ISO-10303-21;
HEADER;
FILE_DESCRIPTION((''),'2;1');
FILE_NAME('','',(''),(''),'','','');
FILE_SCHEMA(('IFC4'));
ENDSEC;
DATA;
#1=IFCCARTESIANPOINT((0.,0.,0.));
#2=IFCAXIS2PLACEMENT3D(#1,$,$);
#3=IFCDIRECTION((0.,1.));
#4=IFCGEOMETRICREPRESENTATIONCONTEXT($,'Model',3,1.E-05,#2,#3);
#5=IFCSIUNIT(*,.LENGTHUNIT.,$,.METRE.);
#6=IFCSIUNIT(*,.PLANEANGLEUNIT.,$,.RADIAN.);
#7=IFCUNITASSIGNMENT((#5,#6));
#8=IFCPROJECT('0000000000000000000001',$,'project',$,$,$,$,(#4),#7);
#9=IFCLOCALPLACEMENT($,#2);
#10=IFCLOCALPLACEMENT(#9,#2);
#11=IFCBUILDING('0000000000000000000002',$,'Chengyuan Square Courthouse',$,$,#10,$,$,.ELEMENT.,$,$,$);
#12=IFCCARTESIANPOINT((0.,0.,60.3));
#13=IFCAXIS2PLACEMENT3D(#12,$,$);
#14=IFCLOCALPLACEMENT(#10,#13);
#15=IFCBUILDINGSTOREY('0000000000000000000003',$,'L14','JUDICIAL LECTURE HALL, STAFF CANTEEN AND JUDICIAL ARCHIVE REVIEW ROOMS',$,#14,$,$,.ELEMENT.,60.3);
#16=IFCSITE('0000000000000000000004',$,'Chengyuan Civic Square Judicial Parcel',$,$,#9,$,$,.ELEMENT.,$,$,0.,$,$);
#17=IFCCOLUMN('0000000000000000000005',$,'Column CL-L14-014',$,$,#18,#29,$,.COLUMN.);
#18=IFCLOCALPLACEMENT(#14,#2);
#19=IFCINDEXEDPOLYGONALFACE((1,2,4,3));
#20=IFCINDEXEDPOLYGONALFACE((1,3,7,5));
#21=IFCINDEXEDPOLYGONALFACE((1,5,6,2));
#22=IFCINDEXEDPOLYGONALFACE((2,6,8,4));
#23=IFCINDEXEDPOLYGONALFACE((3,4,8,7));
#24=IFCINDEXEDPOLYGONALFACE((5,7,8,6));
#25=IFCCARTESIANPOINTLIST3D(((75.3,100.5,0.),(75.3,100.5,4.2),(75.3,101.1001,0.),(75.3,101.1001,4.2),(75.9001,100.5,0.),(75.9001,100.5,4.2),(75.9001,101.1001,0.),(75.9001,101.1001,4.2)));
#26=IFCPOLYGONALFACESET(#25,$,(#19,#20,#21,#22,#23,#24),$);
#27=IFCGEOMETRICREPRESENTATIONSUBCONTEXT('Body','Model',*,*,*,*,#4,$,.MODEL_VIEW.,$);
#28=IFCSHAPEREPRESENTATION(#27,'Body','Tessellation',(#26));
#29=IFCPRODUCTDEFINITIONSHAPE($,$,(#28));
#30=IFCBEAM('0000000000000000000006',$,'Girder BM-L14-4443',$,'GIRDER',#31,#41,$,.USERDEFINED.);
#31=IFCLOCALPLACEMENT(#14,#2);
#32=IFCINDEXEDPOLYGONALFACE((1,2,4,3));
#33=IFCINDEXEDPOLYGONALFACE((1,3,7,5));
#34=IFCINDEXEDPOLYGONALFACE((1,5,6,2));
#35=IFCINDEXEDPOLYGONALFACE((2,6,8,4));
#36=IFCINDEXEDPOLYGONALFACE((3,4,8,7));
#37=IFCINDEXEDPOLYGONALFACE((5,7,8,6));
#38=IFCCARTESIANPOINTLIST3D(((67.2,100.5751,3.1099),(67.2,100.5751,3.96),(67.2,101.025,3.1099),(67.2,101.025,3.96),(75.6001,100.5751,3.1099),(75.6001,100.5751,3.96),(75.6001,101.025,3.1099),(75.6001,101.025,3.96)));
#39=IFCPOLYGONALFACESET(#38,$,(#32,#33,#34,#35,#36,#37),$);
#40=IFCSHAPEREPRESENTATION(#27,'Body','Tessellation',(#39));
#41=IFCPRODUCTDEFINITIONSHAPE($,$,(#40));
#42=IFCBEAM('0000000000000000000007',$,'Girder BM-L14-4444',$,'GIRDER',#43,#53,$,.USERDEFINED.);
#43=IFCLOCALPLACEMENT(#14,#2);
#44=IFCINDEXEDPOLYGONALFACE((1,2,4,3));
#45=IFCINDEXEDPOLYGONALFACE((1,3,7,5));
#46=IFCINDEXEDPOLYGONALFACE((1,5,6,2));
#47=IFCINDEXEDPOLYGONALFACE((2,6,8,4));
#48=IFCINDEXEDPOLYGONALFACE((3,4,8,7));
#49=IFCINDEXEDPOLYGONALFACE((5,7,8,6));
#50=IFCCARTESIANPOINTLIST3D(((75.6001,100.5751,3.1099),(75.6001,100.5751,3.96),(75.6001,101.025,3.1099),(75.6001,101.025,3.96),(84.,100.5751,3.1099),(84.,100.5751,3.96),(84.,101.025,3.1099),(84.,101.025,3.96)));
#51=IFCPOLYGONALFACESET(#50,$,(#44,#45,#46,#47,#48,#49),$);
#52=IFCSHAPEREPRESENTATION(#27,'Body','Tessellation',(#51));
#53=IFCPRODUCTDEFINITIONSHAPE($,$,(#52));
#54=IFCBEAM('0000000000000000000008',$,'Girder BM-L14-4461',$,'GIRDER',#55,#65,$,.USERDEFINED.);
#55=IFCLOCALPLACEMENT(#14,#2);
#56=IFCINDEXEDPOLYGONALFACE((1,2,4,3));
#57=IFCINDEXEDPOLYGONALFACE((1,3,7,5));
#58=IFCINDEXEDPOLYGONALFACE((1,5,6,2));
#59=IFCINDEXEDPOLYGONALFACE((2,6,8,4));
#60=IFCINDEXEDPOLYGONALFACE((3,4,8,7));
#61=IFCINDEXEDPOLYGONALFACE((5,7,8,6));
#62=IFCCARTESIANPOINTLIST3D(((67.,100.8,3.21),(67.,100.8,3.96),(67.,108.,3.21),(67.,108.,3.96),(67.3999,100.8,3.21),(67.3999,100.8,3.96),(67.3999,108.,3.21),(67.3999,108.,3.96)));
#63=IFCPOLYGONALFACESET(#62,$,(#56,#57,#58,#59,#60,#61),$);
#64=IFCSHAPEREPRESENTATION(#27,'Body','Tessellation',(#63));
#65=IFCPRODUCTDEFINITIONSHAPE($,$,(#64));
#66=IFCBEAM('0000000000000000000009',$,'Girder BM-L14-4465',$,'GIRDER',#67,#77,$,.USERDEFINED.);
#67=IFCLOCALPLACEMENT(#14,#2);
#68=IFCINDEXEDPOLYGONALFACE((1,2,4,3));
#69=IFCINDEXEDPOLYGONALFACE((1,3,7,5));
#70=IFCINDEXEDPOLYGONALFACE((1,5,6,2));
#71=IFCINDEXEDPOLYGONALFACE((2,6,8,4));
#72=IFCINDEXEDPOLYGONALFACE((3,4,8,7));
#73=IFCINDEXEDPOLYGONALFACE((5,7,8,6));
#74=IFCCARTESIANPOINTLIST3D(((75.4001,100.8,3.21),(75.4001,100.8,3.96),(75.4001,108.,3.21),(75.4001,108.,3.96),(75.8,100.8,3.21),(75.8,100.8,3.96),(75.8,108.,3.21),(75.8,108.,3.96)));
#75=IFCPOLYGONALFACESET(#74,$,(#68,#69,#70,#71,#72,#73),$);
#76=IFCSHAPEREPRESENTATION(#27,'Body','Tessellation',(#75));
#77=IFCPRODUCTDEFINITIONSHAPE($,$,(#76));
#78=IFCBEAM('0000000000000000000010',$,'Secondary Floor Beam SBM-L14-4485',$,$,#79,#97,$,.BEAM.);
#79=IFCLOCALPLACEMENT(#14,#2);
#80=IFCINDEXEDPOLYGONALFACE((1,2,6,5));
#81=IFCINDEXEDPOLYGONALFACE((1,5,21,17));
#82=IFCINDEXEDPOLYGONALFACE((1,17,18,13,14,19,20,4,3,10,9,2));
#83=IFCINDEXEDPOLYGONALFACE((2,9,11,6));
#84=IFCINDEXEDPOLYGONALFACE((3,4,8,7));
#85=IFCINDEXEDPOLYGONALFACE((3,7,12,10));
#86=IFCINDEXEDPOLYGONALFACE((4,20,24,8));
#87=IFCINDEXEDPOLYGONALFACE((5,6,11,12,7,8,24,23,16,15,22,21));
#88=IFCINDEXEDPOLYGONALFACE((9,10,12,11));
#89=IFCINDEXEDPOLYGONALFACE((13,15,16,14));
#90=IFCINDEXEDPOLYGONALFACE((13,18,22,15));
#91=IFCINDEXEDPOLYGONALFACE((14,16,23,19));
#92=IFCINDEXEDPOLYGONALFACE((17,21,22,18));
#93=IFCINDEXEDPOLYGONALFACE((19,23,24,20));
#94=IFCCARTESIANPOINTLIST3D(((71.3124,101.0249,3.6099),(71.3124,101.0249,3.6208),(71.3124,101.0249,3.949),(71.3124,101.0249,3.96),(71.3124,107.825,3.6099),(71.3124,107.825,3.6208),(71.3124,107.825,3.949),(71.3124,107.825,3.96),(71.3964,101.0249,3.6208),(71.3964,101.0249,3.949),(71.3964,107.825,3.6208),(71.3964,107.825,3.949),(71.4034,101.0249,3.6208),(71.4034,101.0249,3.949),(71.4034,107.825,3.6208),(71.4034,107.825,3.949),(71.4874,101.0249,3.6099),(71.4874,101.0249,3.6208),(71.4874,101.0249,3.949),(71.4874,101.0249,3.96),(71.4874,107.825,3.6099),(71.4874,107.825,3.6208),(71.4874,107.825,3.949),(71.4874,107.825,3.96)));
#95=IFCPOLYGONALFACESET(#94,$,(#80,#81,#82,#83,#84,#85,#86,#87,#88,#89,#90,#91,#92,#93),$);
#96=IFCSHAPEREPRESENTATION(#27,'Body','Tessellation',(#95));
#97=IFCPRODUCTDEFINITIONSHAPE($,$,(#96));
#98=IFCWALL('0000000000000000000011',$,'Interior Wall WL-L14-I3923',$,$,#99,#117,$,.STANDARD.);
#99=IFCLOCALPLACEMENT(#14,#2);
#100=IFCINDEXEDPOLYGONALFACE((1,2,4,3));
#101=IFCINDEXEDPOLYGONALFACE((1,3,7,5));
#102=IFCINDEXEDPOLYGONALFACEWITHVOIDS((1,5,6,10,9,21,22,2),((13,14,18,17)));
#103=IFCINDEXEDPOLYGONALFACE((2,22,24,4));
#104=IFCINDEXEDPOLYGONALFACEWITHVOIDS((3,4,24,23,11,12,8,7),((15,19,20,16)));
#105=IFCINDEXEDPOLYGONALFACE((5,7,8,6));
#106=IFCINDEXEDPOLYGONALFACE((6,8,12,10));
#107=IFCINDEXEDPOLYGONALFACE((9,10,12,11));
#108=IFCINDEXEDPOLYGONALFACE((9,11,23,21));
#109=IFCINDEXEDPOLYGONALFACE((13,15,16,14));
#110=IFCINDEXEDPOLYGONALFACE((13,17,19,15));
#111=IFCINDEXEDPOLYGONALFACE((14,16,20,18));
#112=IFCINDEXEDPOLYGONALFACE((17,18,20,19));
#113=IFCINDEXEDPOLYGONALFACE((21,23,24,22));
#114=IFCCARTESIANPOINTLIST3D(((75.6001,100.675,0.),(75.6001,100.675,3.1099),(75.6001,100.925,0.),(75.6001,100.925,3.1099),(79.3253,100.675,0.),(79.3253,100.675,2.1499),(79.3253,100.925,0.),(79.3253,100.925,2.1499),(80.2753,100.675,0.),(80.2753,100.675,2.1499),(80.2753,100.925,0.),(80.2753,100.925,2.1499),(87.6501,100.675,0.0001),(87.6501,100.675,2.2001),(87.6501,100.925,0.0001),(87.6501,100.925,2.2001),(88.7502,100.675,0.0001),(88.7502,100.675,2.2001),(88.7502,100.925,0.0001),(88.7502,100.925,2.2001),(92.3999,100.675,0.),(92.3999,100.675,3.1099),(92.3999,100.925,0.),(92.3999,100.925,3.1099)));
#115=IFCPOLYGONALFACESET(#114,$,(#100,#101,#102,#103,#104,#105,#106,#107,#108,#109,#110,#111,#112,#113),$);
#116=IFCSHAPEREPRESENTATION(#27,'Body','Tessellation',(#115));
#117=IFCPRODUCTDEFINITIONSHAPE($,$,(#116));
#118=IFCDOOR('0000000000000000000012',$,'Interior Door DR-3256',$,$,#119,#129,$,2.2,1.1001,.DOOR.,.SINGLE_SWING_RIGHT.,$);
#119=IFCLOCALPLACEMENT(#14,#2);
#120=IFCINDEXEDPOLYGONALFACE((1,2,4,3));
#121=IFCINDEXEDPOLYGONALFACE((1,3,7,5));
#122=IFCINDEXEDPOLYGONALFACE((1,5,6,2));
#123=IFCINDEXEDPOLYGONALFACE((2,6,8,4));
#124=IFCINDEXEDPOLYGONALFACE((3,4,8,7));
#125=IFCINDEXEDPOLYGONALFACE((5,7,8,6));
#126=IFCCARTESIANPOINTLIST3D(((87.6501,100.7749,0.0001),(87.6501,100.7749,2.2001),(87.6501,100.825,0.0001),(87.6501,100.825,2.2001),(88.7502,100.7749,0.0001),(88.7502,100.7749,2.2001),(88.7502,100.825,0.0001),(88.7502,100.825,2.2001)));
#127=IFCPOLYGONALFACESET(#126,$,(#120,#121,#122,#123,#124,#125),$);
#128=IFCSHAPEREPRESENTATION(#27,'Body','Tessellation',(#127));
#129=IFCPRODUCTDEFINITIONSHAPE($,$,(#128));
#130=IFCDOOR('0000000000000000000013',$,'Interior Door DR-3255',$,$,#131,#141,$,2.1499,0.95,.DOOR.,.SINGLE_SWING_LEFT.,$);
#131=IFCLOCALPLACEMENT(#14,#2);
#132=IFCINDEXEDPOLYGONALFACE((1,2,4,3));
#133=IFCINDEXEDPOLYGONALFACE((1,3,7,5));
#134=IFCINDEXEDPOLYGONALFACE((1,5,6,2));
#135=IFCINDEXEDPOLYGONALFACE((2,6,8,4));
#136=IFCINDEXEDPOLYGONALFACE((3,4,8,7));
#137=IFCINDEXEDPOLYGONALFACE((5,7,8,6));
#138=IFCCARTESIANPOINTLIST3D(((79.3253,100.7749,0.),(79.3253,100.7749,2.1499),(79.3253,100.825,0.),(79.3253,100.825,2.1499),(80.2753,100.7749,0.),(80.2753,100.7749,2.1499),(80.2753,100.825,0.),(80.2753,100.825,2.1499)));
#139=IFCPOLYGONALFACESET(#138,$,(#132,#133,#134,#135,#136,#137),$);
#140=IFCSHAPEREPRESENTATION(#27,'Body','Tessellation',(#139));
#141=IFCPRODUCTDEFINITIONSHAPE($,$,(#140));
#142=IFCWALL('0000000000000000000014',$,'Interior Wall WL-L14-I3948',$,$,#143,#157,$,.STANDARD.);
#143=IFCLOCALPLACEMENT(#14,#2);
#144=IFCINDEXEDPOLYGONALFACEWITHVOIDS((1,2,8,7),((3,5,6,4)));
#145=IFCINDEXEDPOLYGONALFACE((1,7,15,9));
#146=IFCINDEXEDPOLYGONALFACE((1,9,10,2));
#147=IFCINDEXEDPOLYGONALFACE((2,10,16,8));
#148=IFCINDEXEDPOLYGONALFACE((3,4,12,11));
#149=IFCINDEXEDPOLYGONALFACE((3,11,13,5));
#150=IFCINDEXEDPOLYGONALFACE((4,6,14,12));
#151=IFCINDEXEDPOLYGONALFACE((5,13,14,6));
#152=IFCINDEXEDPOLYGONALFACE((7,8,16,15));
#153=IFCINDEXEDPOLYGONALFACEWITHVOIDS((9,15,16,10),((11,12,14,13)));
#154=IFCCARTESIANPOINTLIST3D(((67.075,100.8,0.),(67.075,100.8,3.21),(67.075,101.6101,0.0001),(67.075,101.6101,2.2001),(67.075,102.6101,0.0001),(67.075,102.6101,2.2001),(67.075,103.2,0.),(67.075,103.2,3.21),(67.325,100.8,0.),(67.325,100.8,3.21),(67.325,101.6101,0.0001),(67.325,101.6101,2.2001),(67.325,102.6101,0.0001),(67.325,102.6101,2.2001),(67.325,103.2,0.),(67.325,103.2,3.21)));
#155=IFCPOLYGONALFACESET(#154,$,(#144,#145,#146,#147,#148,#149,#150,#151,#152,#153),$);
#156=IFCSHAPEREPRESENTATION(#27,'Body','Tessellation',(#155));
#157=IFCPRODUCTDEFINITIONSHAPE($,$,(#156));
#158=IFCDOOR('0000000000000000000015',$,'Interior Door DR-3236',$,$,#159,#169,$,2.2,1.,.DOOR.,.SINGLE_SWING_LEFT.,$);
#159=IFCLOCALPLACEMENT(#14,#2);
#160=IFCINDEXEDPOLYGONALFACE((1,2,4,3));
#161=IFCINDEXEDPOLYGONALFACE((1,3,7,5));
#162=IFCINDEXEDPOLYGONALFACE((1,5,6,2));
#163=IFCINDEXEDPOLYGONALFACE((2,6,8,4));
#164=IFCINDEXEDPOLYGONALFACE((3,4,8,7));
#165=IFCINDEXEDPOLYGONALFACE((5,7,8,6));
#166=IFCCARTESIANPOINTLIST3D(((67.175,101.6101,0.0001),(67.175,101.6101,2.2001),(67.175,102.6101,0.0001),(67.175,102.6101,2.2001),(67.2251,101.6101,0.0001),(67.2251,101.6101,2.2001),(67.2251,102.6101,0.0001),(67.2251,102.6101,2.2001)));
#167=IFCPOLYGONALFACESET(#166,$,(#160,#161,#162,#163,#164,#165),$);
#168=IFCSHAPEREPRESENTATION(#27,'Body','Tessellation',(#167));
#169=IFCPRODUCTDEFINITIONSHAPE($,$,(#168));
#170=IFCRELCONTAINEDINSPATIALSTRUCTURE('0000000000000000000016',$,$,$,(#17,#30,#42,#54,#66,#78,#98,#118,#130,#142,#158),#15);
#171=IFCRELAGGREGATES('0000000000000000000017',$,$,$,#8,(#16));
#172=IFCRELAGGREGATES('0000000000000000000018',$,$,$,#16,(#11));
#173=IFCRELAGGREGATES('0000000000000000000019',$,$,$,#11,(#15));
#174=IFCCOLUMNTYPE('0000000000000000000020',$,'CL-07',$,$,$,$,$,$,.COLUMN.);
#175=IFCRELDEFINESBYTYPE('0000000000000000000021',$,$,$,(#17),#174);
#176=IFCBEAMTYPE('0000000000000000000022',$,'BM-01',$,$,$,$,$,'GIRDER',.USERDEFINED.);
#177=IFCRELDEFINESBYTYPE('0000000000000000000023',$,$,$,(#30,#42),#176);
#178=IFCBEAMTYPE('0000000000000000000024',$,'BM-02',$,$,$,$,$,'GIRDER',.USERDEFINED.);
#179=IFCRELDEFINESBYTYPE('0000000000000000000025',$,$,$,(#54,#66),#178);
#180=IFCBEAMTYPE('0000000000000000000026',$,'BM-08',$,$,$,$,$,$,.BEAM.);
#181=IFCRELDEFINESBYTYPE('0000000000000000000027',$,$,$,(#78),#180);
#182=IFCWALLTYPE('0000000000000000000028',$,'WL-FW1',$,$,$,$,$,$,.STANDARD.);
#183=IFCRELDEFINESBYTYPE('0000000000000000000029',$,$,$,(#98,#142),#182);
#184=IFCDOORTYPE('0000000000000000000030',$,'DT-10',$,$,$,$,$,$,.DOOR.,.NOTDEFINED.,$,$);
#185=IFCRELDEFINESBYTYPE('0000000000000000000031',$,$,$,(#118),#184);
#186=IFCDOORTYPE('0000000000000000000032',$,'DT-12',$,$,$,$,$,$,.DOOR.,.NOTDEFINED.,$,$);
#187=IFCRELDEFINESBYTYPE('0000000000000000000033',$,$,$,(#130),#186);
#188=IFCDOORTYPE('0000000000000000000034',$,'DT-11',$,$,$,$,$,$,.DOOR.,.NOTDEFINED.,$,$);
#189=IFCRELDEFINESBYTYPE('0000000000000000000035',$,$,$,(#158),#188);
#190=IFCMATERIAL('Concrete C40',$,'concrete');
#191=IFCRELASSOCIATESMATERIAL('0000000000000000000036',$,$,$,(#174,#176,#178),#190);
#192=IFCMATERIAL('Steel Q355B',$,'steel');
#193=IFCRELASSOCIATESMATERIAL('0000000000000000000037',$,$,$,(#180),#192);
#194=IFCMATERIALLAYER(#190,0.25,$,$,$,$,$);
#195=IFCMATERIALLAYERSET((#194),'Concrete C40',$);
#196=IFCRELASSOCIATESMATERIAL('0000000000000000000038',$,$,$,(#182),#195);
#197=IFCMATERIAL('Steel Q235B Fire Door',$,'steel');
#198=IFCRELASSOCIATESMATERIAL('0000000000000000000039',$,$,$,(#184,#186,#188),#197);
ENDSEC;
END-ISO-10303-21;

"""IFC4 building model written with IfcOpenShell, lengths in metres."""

from ifc_helpers import new_model, si_unit, direction, frame, frame_2d, origin, origin_2d, place, context, subcontext, project, spatial, rectangle, i_section, extrude, material, layer, layer_set, material_profile, profile_set, type_object, element, fill, save


model = new_model("IFC4")

# Units and contexts
model_context = context("Model", 3, precision=1e-05, world=origin(), true_north=direction((0.0, 1.0)))
body_context = subcontext(model_context, "Body", "Model", "MODEL_VIEW")
ifc_project = project(units=[si_unit("LENGTHUNIT", "METRE"), si_unit("PLANEANGLEUNIT", "RADIAN")], contexts=[model_context])

# Site, building, storey
site_placement = place(None, origin())
site = spatial("IfcSite", under=ifc_project, at=site_placement, Name="Chengyuan Civic Square Judicial Parcel", CompositionType="ELEMENT", RefElevation=0.0)
building_placement = place(site_placement, origin())
building = spatial("IfcBuilding", under=site, at=building_placement, Name="Chengyuan Square Courthouse", CompositionType="ELEMENT")
storey_placement = place(building_placement, frame((0.0, 0.0, 60.3)))
storey = spatial("IfcBuildingStorey", under=building, at=storey_placement, Name="L14", Description="JUDICIAL LECTURE HALL, STAFF CANTEEN AND JUDICIAL ARCHIVE REVIEW ROOMS", CompositionType="ELEMENT", Elevation=60.3)

# Column
ifc_material_1 = material(Name="Concrete C40", Category="concrete")
ifc_material_profile_1 = material_profile(ifc_material_1, rectangle(XDim=0.6001, YDim=0.6001, at=origin_2d()), Name="RC-COL-600x600")
ifc_profile_set_1 = profile_set([ifc_material_profile_1], Name="Concrete C40")
column_type = type_object("IfcColumnType", Name="CL-07", PredefinedType="COLUMN", material=ifc_profile_set_1)
column_placement = place(storey_placement, frame((75.6001, 100.8, 0.0), z_axis=(0.0, 0.0, 1.0), x_axis=(1.0, 0.0, 0.0)))
element("IfcColumn", 1, at=column_placement, inside=storey, type_object=column_type, Name="Column CL-L14-014", PredefinedType="COLUMN", context=body_context, shape_type="SweptSolid", body=[
    extrude(rectangle(XDim=0.6001, YDim=0.6001, at=origin_2d()), origin(), (0.0, 0.0, 1.0), 4.2),
])

# Beams
ifc_material_profile_2 = material_profile(ifc_material_1, rectangle(XDim=0.45, YDim=0.8501, at=origin_2d()), Name="RC-BM-450x850")
ifc_profile_set_2 = profile_set([ifc_material_profile_2], Name="Concrete C40")
beam_type_1 = type_object("IfcBeamType", Name="BM-01", ElementType="GIRDER", PredefinedType="USERDEFINED", material=ifc_profile_set_2)
beam_1_placement = place(storey_placement, frame((67.2, 100.8, 3.5349), z_axis=(1.0, 0.0, 0.0), x_axis=(0.0, 1.0, 0.0)))
element("IfcBeam", 2, at=beam_1_placement, inside=storey, type_object=beam_type_1, Name="Girder BM-L14-4443", ObjectType="GIRDER", PredefinedType="USERDEFINED", context=body_context, shape_type="SweptSolid", body=[
    extrude(rectangle(XDim=0.45, YDim=0.8501, at=origin_2d()), origin(), (0.0, 0.0, 1.0), 8.4001),
])
beam_2_placement = place(storey_placement, frame((75.6001, 100.8, 3.5349), z_axis=(1.0, 0.0, 0.0), x_axis=(0.0, 1.0, 0.0)))
element("IfcBeam", 3, at=beam_2_placement, inside=storey, type_object=beam_type_1, Name="Girder BM-L14-4444", ObjectType="GIRDER", PredefinedType="USERDEFINED", context=body_context, shape_type="SweptSolid", body=[
    extrude(rectangle(XDim=0.45, YDim=0.8501, at=origin_2d()), origin(), (0.0, 0.0, 1.0), 8.3999),
])
ifc_material_profile_3 = material_profile(ifc_material_1, rectangle(XDim=0.3999, YDim=0.75, at=origin_2d()), Name="RC-BM-400x750")
ifc_profile_set_3 = profile_set([ifc_material_profile_3], Name="Concrete C40")
beam_type_2 = type_object("IfcBeamType", Name="BM-02", ElementType="GIRDER", PredefinedType="USERDEFINED", material=ifc_profile_set_3)
for number, where, z_axis, x_axis, name in (
    (4, (67.2, 100.8, 3.585), (0.0, 1.0, 0.0), (-1.0, 0.0, 0.0), "Girder BM-L14-4461"),
    (5, (75.6001, 100.8, 3.585), (0.0, 1.0, 0.0), (-1.0, 0.0, 0.0), "Girder BM-L14-4465"),
):
    element("IfcBeam", number, at=place(storey_placement, frame(where, z_axis=z_axis, x_axis=x_axis)), inside=storey, type_object=beam_type_2, Name=name, ObjectType="GIRDER", PredefinedType="USERDEFINED", context=body_context, shape_type="SweptSolid", body=[
        extrude(rectangle(XDim=0.3999, YDim=0.75, at=origin_2d()), origin(), (0.0, 0.0, 1.0), 7.2),
    ])
ifc_material_2 = material(Name="Steel Q355B", Category="steel")
ifc_material_profile_4 = material_profile(ifc_material_2, i_section(OverallWidth=0.175, OverallDepth=0.3501, WebThickness=0.0071, FlangeThickness=0.011, at=origin_2d()), Name="HN 350x175x7x11")
ifc_profile_set_4 = profile_set([ifc_material_profile_4], Name="Steel Q355B")
beam_type_3 = type_object("IfcBeamType", Name="BM-08", PredefinedType="BEAM", material=ifc_profile_set_4)
beam_3_placement = place(storey_placement, frame((71.3999, 101.0249, 3.7849), z_axis=(0.0, 1.0, 0.0), x_axis=(-1.0, 0.0, 0.0)))
element("IfcBeam", 6, at=beam_3_placement, inside=storey, type_object=beam_type_3, Name="Secondary Floor Beam SBM-L14-4485", PredefinedType="BEAM", context=body_context, shape_type="SweptSolid", body=[
    extrude(i_section(OverallWidth=0.175, OverallDepth=0.3501, WebThickness=0.0071, FlangeThickness=0.011, at=origin_2d()), origin(), (0.0, 0.0, 1.0), 6.8),
])

# Wall, openings, doors
ifc_layer_1 = layer(ifc_material_1, 0.25)
ifc_layer_set_1 = layer_set([ifc_layer_1], Name="Concrete C40")
wall_type_1 = type_object("IfcWallType", Name="WL-FW1", PredefinedType="STANDARD", material=ifc_layer_set_1)
wall_1_placement = place(storey_placement, frame((75.6001, 100.8, 0.0), z_axis=(0.0, 0.0, 1.0), x_axis=(1.0, 0.0, 0.0)))
wall_1 = element("IfcWall", 7, at=wall_1_placement, inside=storey, type_object=wall_type_1, Name="Interior Wall WL-L14-I3923", PredefinedType="STANDARD", context=body_context, shape_type="SweptSolid", body=[
    extrude(rectangle(XDim=16.7998, YDim=0.25, at=frame_2d((8.3999, 0.0))), origin(), (0.0, 0.0, 1.0), 3.1099),
])
opening_1_placement = place(wall_1_placement, frame((3.7251, 0.0, 0.0)))
opening_1 = element("IfcOpeningElement", 8, at=opening_1_placement, cuts=wall_1, PredefinedType="OPENING", context=body_context, shape_type="SweptSolid", body=[
    extrude(rectangle(XDim=0.95, YDim=2.1499, at=frame_2d((0.4751, 1.075))), frame((0.0, 0.137, 0.0), z_axis=(0.0, -1.0, 0.0), x_axis=(1.0, 0.0, 0.0)), (0.0, 0.0, 1.0), 0.2739),
])
opening_2_placement = place(wall_1_placement, frame((12.05, 0.0, 0.0)))
opening_2 = element("IfcOpeningElement", 9, at=opening_2_placement, cuts=wall_1, PredefinedType="OPENING", context=body_context, shape_type="SweptSolid", body=[
    extrude(rectangle(XDim=1.1001, YDim=2.2, at=frame_2d((0.55, 1.1001))), frame((0.0, 0.137, 0.0), z_axis=(0.0, -1.0, 0.0), x_axis=(1.0, 0.0, 0.0)), (0.0, 0.0, 1.0), 0.2739),
])
ifc_material_3 = material(Name="Steel Q235B Fire Door", Category="steel")
door_type_1 = type_object("IfcDoorType", Name="DT-10", OperationType="NOTDEFINED", PredefinedType="DOOR", material=ifc_material_3)
door_1_placement = place(opening_2_placement, origin())
door_1 = element("IfcDoor", 10, at=door_1_placement, inside=storey, type_object=door_type_1, Name="Interior Door DR-3256", OperationType="SINGLE_SWING_RIGHT", OverallHeight=2.2, OverallWidth=1.1001, PredefinedType="DOOR", context=body_context, shape_type="SweptSolid", body=[
    extrude(rectangle(XDim=1.1001, YDim=2.2, at=frame_2d((0.55, 1.1001))), frame((0.0, 0.0249, 0.0), z_axis=(0.0, -1.0, 0.0), x_axis=(1.0, 0.0, 0.0)), (0.0, 0.0, 1.0), 0.05),
])
fill(opening_2, door_1)
door_type_2 = type_object("IfcDoorType", Name="DT-12", OperationType="NOTDEFINED", PredefinedType="DOOR", material=ifc_material_3)
door_2_placement = place(opening_1_placement, origin())
door_2 = element("IfcDoor", 11, at=door_2_placement, inside=storey, type_object=door_type_2, Name="Interior Door DR-3255", OperationType="SINGLE_SWING_LEFT", OverallHeight=2.1499, OverallWidth=0.95, PredefinedType="DOOR", context=body_context, shape_type="SweptSolid", body=[
    extrude(rectangle(XDim=0.95, YDim=2.1499, at=frame_2d((0.4751, 1.075))), frame((0.0, 0.0249, 0.0), z_axis=(0.0, -1.0, 0.0), x_axis=(1.0, 0.0, 0.0)), (0.0, 0.0, 1.0), 0.05),
])
fill(opening_1, door_2)

# Wall, opening, door
wall_2_placement = place(storey_placement, frame((67.2, 100.8, 0.0), z_axis=(0.0, 0.0, 1.0), x_axis=(0.0, 1.0, 0.0)))
wall_2 = element("IfcWall", 12, at=wall_2_placement, inside=storey, type_object=wall_type_1, Name="Interior Wall WL-L14-I3948", PredefinedType="STANDARD", context=body_context, shape_type="SweptSolid", body=[
    extrude(rectangle(XDim=2.3999, YDim=0.25, at=frame_2d((1.2, 0.0))), origin(), (0.0, 0.0, 1.0), 3.21),
])
opening_3_placement = place(wall_2_placement, frame((0.8101, 0.0, 0.0)))
opening_3 = element("IfcOpeningElement", 13, at=opening_3_placement, cuts=wall_2, PredefinedType="OPENING", context=body_context, shape_type="SweptSolid", body=[
    extrude(rectangle(XDim=1.0, YDim=2.2, at=frame_2d((0.5, 1.1001))), frame((0.0, 0.137, 0.0), z_axis=(0.0, -1.0, 0.0), x_axis=(1.0, 0.0, 0.0)), (0.0, 0.0, 1.0), 0.2739),
])
door_type_3 = type_object("IfcDoorType", Name="DT-11", OperationType="NOTDEFINED", PredefinedType="DOOR", material=ifc_material_3)
door_3_placement = place(opening_3_placement, origin())
door_3 = element("IfcDoor", 14, at=door_3_placement, inside=storey, type_object=door_type_3, Name="Interior Door DR-3236", OperationType="SINGLE_SWING_LEFT", OverallHeight=2.2, OverallWidth=1.0, PredefinedType="DOOR", context=body_context, shape_type="SweptSolid", body=[
    extrude(rectangle(XDim=1.0, YDim=2.2, at=frame_2d((0.5, 1.1001))), frame((0.0, 0.0249, 0.0), z_axis=(0.0, -1.0, 0.0), x_axis=(1.0, 0.0, 0.0)), (0.0, 0.0, 1.0), 0.05),
])
fill(opening_3, door_3)

save(model, "model.ifc")
